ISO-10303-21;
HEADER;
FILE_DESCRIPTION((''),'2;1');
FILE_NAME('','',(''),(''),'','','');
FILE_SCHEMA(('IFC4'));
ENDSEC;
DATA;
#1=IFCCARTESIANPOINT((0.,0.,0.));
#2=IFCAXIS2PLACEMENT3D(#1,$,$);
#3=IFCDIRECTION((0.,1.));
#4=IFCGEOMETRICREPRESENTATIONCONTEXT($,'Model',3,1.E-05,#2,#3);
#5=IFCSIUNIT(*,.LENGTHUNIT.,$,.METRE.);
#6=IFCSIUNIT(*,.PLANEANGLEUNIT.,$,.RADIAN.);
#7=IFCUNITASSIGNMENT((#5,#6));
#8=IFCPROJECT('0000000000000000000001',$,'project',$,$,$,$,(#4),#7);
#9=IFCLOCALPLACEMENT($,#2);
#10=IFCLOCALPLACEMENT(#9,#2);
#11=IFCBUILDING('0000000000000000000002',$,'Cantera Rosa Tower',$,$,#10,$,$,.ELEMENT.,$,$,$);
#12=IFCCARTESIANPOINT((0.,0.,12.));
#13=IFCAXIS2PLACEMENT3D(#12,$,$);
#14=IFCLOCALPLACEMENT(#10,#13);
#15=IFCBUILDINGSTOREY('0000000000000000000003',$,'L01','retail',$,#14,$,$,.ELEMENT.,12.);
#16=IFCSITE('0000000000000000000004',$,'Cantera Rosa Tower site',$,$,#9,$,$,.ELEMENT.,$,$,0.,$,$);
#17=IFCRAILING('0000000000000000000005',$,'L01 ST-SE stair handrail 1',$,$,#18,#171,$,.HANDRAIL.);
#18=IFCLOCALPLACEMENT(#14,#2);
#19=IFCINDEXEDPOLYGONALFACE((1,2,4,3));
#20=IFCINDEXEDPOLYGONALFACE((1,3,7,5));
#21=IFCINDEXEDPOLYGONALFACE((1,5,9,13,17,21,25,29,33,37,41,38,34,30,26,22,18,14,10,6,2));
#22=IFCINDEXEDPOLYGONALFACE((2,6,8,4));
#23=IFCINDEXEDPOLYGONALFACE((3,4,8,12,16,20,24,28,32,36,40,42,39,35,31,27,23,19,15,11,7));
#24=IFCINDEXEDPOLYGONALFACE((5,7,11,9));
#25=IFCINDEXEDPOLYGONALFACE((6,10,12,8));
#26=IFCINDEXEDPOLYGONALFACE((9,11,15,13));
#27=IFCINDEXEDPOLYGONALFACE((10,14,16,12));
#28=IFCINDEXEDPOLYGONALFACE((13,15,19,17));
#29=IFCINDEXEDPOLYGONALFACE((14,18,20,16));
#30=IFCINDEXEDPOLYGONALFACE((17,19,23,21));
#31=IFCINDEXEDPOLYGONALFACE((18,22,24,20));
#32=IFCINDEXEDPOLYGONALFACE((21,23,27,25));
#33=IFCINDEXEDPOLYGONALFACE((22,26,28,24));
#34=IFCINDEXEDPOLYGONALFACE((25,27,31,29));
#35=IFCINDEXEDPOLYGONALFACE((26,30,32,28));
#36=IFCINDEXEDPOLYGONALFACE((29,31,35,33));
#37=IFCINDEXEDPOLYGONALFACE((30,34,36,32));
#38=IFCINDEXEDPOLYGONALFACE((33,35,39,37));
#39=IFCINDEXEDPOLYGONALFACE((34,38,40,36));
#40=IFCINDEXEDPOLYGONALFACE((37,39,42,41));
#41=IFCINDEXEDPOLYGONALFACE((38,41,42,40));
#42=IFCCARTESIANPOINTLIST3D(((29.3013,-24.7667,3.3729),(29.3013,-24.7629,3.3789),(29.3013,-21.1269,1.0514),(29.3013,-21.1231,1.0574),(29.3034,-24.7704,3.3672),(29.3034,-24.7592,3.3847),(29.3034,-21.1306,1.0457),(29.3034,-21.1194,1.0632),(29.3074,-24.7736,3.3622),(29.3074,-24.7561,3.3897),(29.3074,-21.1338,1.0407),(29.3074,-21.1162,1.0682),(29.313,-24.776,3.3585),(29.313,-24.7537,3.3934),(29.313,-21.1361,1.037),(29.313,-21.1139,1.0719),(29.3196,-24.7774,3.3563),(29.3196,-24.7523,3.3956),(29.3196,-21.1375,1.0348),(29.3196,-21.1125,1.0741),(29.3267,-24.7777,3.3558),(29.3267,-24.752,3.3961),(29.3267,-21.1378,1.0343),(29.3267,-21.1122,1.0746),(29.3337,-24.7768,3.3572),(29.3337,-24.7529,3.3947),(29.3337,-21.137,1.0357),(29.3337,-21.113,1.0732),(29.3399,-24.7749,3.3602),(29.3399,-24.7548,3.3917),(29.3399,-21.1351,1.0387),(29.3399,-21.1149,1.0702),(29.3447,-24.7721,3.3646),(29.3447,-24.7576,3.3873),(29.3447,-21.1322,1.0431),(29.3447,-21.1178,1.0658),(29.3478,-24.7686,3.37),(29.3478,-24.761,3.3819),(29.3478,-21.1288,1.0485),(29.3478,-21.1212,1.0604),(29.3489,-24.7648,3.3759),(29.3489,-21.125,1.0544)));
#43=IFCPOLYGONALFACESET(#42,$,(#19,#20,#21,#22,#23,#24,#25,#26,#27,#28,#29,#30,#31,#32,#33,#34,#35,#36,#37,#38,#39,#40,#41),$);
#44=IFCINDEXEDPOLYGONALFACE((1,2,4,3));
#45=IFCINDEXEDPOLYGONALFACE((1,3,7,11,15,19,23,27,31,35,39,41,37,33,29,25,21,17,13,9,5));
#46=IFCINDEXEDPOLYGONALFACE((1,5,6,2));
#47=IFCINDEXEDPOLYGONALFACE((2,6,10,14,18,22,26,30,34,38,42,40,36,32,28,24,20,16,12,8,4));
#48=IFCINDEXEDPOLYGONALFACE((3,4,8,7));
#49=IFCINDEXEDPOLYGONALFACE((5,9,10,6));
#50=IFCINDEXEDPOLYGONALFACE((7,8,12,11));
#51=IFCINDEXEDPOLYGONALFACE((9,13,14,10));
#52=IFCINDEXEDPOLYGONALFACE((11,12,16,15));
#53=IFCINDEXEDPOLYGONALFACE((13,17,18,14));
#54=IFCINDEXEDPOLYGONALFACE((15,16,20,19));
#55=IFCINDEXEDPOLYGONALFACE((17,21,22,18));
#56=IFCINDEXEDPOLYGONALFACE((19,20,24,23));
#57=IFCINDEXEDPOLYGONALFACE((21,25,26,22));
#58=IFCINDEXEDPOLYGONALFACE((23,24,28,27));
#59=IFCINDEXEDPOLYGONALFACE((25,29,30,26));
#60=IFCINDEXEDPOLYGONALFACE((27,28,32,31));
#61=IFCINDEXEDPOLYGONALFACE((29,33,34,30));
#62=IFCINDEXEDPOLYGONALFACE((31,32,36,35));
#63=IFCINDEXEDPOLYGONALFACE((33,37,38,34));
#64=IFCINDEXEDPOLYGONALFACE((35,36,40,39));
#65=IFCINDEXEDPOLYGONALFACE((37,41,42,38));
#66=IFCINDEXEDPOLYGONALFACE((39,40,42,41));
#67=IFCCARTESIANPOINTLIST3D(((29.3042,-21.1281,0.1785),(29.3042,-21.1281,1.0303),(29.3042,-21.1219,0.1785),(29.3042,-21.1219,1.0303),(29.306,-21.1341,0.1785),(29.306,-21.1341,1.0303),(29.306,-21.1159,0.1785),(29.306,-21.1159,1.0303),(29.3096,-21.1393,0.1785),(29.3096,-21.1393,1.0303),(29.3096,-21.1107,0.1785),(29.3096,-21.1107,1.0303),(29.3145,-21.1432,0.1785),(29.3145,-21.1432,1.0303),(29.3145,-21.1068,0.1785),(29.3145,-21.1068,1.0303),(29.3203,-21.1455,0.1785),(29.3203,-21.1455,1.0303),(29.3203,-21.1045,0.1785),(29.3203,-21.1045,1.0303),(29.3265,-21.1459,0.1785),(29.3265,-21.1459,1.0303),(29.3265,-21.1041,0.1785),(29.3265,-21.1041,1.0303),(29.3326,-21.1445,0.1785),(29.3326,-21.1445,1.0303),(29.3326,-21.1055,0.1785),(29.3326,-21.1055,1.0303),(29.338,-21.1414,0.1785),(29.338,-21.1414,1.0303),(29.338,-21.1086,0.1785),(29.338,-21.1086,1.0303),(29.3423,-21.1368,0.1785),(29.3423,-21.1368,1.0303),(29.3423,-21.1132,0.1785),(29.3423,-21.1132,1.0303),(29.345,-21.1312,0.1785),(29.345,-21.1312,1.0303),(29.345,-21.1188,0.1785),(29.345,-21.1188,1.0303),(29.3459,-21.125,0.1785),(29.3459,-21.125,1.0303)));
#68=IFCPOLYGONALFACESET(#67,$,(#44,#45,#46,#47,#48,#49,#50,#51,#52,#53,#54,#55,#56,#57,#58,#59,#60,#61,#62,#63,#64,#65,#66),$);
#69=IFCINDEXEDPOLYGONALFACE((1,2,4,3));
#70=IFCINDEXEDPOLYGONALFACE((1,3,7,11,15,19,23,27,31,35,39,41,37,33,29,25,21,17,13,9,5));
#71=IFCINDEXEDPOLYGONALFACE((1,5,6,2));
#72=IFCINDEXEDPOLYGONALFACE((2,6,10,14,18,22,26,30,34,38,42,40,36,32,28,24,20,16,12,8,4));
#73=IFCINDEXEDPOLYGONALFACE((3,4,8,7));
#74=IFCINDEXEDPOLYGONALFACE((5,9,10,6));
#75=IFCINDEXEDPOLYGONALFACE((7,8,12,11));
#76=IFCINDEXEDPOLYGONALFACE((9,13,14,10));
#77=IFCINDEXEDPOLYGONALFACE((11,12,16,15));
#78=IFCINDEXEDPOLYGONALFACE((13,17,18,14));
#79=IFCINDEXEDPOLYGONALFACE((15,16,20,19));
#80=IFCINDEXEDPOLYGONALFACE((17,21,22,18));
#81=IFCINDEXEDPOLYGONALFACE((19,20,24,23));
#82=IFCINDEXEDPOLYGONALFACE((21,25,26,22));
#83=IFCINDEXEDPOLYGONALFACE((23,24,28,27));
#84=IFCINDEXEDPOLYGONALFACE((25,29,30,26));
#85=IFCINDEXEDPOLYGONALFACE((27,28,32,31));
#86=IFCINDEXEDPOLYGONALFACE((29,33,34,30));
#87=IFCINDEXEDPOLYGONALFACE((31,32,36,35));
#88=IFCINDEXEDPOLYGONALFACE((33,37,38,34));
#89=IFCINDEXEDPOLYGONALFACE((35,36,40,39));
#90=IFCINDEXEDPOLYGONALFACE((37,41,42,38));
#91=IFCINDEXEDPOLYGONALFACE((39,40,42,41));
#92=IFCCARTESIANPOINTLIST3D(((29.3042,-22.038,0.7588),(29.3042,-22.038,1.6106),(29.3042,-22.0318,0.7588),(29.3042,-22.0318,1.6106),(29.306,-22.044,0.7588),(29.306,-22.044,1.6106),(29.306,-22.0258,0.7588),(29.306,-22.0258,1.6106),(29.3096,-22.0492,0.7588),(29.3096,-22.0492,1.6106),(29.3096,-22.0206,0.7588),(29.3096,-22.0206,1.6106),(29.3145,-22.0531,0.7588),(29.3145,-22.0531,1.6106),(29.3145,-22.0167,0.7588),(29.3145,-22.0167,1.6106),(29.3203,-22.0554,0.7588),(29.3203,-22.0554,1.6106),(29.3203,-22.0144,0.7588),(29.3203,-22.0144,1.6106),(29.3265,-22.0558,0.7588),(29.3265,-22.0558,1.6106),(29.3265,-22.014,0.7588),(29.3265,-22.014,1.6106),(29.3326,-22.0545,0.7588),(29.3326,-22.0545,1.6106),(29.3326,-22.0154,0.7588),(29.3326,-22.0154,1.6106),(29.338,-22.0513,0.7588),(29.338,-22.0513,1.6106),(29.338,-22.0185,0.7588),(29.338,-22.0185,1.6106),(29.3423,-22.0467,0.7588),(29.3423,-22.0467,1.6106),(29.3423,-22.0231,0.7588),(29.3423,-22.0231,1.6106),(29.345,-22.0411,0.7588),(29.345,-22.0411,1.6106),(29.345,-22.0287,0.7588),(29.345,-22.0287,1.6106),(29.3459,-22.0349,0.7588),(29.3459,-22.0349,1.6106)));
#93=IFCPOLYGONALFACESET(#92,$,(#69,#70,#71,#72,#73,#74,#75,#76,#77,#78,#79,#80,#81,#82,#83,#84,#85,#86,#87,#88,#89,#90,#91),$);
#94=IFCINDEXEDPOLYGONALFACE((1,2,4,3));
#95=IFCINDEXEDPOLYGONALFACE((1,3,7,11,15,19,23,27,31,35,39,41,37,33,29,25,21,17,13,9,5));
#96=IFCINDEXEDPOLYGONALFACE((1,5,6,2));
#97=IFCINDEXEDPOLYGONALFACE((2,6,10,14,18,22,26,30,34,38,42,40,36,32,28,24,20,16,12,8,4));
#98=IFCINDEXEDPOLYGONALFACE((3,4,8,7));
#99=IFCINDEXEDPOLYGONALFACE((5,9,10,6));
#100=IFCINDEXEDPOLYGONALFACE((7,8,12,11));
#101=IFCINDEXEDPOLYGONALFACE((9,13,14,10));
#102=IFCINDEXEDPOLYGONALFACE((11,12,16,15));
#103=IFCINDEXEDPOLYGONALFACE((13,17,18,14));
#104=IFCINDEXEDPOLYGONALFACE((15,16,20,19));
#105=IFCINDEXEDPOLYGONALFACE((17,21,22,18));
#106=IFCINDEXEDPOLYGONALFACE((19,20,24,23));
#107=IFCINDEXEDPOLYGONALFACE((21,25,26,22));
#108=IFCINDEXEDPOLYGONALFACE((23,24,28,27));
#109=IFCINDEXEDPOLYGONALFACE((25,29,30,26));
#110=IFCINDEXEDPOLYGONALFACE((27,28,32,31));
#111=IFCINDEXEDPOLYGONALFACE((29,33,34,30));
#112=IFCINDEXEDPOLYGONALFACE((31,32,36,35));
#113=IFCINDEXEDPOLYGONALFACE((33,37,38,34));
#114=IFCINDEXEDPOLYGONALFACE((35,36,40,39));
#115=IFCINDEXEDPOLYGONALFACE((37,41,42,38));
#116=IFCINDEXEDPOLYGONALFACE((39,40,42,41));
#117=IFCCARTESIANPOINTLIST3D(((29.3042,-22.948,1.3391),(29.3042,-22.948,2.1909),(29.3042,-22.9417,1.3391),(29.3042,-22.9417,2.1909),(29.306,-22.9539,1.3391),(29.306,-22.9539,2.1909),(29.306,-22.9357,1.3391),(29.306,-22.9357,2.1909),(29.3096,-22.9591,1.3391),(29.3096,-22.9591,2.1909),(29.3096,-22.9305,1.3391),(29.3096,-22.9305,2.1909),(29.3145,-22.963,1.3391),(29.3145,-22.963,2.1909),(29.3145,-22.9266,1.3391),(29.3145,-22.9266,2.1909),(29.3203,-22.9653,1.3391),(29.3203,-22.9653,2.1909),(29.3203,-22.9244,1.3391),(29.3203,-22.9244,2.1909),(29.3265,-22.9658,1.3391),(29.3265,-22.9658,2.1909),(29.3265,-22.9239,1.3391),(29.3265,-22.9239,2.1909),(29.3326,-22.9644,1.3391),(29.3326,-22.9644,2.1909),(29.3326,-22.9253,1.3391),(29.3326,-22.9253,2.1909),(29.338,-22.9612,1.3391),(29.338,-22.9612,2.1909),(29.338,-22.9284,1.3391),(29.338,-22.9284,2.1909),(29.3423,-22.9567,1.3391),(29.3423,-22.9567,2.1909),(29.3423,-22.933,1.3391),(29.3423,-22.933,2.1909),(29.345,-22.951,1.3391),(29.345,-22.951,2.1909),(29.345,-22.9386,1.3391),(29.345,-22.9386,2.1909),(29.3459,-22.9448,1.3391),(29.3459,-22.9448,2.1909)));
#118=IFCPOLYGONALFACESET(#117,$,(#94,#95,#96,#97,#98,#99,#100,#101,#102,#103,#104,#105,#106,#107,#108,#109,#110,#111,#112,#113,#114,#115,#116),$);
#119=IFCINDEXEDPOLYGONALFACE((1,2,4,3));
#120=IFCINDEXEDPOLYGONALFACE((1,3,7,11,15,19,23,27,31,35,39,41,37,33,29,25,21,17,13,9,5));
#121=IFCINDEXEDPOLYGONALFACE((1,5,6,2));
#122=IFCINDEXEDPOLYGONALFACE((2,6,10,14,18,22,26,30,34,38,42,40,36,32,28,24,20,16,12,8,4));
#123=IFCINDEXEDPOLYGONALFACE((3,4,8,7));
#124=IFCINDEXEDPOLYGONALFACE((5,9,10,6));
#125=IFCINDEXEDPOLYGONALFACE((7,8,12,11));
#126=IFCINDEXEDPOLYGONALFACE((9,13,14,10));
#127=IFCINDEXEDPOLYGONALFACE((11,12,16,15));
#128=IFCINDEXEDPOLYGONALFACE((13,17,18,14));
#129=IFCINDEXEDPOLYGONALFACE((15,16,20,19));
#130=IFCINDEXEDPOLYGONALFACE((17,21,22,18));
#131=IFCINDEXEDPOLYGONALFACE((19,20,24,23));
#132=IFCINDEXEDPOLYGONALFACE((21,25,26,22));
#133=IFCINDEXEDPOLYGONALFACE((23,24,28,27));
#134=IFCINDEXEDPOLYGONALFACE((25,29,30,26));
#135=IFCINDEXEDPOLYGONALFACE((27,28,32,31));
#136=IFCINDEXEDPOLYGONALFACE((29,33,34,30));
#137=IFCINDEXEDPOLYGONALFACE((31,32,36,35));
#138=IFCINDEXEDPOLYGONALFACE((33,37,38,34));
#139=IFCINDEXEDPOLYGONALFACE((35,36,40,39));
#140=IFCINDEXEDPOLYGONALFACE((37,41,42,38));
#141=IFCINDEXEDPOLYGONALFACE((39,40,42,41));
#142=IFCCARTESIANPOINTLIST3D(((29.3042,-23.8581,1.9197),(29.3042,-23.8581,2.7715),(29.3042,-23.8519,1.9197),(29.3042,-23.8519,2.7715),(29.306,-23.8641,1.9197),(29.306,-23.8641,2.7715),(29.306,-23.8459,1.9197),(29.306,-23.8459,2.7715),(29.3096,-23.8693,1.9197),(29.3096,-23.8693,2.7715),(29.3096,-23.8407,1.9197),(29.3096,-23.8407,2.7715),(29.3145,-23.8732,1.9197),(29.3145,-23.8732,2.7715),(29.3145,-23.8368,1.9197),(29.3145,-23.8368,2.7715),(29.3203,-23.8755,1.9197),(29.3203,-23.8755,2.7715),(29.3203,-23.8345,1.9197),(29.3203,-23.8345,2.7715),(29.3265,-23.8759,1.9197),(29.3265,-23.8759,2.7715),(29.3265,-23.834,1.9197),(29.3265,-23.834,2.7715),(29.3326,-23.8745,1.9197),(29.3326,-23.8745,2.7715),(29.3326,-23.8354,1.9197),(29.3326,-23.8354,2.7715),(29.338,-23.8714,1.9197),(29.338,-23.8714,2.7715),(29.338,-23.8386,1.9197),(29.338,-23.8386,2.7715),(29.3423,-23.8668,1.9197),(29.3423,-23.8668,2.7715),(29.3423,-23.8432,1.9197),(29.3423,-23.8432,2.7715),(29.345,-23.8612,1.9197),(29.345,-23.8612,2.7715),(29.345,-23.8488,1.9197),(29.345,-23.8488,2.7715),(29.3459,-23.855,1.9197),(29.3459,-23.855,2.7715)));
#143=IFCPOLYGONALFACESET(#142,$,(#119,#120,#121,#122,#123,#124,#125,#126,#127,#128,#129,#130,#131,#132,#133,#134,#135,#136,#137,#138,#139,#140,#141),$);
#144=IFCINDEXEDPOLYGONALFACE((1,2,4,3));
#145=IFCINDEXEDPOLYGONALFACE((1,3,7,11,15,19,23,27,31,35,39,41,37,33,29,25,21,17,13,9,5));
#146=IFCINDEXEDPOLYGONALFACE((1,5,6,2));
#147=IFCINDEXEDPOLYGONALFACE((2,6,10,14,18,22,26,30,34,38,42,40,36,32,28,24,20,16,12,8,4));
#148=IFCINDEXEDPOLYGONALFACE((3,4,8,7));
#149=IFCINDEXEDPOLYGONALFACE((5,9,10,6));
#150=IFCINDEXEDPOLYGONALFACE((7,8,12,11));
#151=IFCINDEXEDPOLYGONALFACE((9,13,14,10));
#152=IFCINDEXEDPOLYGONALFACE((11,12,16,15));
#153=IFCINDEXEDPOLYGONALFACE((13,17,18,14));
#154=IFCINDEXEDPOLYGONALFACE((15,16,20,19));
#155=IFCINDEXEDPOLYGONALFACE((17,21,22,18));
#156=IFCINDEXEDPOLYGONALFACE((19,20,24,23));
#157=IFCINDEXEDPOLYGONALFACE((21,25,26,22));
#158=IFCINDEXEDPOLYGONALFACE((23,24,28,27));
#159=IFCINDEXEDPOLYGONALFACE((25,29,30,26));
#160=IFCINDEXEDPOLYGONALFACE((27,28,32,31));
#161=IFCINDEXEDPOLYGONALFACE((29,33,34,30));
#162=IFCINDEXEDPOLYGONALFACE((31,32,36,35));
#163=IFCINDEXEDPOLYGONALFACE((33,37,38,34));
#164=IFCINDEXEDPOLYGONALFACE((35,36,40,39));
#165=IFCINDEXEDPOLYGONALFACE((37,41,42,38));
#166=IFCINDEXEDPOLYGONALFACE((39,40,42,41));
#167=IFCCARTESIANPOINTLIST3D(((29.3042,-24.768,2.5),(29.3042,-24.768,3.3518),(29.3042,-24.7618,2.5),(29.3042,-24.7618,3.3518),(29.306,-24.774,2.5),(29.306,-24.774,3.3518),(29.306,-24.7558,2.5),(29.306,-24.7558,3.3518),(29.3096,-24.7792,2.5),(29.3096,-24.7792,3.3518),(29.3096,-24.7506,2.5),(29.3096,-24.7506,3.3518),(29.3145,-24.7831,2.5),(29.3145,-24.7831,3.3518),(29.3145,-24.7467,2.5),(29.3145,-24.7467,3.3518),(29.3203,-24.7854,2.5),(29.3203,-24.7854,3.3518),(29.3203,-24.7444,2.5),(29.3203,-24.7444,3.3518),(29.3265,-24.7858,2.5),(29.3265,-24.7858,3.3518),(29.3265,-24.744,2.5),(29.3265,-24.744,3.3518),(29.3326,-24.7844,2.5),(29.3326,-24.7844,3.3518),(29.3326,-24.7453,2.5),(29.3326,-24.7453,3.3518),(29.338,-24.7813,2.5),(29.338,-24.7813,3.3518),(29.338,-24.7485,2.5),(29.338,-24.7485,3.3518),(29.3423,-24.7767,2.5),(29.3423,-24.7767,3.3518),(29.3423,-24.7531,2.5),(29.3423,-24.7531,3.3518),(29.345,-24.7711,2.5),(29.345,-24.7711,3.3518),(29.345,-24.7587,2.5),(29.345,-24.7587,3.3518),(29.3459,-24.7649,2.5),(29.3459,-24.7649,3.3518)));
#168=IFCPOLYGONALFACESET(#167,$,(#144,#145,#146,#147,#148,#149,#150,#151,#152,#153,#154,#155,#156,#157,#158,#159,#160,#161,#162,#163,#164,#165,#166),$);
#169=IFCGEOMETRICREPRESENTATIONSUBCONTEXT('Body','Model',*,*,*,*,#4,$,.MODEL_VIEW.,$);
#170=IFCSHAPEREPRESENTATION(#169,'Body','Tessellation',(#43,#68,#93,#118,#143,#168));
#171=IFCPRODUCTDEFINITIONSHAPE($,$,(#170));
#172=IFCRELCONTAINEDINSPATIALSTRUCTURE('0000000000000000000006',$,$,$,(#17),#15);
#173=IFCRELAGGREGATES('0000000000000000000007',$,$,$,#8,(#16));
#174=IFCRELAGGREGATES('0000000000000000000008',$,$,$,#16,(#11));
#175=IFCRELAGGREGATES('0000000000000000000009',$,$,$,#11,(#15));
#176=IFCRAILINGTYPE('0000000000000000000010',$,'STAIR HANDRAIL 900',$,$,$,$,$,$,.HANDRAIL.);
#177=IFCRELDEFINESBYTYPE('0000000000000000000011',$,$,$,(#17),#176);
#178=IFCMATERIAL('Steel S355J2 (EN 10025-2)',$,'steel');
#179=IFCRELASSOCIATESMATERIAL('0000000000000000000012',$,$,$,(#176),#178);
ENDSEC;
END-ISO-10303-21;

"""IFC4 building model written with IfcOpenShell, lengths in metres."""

from ifc_helpers import new_model, si_unit, direction, frame, origin, origin_2d, place, context, subcontext, project, spatial, circle, extrude, material, type_object, element, save


model = new_model("IFC4")

# Units and contexts
model_context = context("Model", 3, precision=1e-05, world=origin(), true_north=direction((0.0, 1.0)))
body_context = subcontext(model_context, "Body", "Model", "MODEL_VIEW")
ifc_project = project(units=[si_unit("LENGTHUNIT", "METRE"), si_unit("PLANEANGLEUNIT", "RADIAN")], contexts=[model_context])

# Site, building, storey
site_placement = place(None, origin())
site = spatial("IfcSite", under=ifc_project, at=site_placement, Name="Cantera Rosa Tower site", CompositionType="ELEMENT", RefElevation=0.0)
building_placement = place(site_placement, origin())
building = spatial("IfcBuilding", under=site, at=building_placement, Name="Cantera Rosa Tower", CompositionType="ELEMENT")
storey_placement = place(building_placement, frame((0.0, 0.0, 12.0)))
storey = spatial("IfcBuildingStorey", under=building, at=storey_placement, Name="L01", Description="retail", CompositionType="ELEMENT", Elevation=12.0)

# Railing
ifc_material_1 = material(Name="Steel S355J2 (EN 10025-2)", Category="steel")
railing_type_1 = type_object("IfcRailingType", Name="STAIR HANDRAIL 900", PredefinedType="HANDRAIL", material=ifc_material_1)
railing_1_placement = place(storey_placement, frame((29.325, -21.125, 0.1785)))
element("IfcRailing", 1, at=railing_1_placement, inside=storey, type_object=railing_type_1, Name="L01 ST-SE stair handrail 1", PredefinedType="HANDRAIL", context=body_context, shape_type="SweptSolid", body=[
    extrude(circle(Radius=0.0239, at=origin_2d()), frame((0.0, 0.0, 0.876), z_axis=(0.0, -0.843112, 0.537739), x_axis=(1.0, 0.0, 0.0)), (0.0, 0.0, 1.0), 4.3171),
    extrude(circle(Radius=0.021, at=origin_2d()), origin(), (0.0, 0.0, 1.0), 0.8518),
    extrude(circle(Radius=0.021, at=origin_2d()), frame((0.0, -0.9099, 0.5803)), (0.0, 0.0, 1.0), 0.8518),
    extrude(circle(Radius=0.021, at=origin_2d()), frame((0.0, -1.8198, 1.1606)), (0.0, 0.0, 1.0), 0.8518),
    extrude(circle(Radius=0.021, at=origin_2d()), frame((0.0, -2.73, 1.7412)), (0.0, 0.0, 1.0), 0.8518),
    extrude(circle(Radius=0.021, at=origin_2d()), frame((0.0, -3.6399, 2.3215)), (0.0, 0.0, 1.0), 0.8518),
])

save(model, "model.ifc")
